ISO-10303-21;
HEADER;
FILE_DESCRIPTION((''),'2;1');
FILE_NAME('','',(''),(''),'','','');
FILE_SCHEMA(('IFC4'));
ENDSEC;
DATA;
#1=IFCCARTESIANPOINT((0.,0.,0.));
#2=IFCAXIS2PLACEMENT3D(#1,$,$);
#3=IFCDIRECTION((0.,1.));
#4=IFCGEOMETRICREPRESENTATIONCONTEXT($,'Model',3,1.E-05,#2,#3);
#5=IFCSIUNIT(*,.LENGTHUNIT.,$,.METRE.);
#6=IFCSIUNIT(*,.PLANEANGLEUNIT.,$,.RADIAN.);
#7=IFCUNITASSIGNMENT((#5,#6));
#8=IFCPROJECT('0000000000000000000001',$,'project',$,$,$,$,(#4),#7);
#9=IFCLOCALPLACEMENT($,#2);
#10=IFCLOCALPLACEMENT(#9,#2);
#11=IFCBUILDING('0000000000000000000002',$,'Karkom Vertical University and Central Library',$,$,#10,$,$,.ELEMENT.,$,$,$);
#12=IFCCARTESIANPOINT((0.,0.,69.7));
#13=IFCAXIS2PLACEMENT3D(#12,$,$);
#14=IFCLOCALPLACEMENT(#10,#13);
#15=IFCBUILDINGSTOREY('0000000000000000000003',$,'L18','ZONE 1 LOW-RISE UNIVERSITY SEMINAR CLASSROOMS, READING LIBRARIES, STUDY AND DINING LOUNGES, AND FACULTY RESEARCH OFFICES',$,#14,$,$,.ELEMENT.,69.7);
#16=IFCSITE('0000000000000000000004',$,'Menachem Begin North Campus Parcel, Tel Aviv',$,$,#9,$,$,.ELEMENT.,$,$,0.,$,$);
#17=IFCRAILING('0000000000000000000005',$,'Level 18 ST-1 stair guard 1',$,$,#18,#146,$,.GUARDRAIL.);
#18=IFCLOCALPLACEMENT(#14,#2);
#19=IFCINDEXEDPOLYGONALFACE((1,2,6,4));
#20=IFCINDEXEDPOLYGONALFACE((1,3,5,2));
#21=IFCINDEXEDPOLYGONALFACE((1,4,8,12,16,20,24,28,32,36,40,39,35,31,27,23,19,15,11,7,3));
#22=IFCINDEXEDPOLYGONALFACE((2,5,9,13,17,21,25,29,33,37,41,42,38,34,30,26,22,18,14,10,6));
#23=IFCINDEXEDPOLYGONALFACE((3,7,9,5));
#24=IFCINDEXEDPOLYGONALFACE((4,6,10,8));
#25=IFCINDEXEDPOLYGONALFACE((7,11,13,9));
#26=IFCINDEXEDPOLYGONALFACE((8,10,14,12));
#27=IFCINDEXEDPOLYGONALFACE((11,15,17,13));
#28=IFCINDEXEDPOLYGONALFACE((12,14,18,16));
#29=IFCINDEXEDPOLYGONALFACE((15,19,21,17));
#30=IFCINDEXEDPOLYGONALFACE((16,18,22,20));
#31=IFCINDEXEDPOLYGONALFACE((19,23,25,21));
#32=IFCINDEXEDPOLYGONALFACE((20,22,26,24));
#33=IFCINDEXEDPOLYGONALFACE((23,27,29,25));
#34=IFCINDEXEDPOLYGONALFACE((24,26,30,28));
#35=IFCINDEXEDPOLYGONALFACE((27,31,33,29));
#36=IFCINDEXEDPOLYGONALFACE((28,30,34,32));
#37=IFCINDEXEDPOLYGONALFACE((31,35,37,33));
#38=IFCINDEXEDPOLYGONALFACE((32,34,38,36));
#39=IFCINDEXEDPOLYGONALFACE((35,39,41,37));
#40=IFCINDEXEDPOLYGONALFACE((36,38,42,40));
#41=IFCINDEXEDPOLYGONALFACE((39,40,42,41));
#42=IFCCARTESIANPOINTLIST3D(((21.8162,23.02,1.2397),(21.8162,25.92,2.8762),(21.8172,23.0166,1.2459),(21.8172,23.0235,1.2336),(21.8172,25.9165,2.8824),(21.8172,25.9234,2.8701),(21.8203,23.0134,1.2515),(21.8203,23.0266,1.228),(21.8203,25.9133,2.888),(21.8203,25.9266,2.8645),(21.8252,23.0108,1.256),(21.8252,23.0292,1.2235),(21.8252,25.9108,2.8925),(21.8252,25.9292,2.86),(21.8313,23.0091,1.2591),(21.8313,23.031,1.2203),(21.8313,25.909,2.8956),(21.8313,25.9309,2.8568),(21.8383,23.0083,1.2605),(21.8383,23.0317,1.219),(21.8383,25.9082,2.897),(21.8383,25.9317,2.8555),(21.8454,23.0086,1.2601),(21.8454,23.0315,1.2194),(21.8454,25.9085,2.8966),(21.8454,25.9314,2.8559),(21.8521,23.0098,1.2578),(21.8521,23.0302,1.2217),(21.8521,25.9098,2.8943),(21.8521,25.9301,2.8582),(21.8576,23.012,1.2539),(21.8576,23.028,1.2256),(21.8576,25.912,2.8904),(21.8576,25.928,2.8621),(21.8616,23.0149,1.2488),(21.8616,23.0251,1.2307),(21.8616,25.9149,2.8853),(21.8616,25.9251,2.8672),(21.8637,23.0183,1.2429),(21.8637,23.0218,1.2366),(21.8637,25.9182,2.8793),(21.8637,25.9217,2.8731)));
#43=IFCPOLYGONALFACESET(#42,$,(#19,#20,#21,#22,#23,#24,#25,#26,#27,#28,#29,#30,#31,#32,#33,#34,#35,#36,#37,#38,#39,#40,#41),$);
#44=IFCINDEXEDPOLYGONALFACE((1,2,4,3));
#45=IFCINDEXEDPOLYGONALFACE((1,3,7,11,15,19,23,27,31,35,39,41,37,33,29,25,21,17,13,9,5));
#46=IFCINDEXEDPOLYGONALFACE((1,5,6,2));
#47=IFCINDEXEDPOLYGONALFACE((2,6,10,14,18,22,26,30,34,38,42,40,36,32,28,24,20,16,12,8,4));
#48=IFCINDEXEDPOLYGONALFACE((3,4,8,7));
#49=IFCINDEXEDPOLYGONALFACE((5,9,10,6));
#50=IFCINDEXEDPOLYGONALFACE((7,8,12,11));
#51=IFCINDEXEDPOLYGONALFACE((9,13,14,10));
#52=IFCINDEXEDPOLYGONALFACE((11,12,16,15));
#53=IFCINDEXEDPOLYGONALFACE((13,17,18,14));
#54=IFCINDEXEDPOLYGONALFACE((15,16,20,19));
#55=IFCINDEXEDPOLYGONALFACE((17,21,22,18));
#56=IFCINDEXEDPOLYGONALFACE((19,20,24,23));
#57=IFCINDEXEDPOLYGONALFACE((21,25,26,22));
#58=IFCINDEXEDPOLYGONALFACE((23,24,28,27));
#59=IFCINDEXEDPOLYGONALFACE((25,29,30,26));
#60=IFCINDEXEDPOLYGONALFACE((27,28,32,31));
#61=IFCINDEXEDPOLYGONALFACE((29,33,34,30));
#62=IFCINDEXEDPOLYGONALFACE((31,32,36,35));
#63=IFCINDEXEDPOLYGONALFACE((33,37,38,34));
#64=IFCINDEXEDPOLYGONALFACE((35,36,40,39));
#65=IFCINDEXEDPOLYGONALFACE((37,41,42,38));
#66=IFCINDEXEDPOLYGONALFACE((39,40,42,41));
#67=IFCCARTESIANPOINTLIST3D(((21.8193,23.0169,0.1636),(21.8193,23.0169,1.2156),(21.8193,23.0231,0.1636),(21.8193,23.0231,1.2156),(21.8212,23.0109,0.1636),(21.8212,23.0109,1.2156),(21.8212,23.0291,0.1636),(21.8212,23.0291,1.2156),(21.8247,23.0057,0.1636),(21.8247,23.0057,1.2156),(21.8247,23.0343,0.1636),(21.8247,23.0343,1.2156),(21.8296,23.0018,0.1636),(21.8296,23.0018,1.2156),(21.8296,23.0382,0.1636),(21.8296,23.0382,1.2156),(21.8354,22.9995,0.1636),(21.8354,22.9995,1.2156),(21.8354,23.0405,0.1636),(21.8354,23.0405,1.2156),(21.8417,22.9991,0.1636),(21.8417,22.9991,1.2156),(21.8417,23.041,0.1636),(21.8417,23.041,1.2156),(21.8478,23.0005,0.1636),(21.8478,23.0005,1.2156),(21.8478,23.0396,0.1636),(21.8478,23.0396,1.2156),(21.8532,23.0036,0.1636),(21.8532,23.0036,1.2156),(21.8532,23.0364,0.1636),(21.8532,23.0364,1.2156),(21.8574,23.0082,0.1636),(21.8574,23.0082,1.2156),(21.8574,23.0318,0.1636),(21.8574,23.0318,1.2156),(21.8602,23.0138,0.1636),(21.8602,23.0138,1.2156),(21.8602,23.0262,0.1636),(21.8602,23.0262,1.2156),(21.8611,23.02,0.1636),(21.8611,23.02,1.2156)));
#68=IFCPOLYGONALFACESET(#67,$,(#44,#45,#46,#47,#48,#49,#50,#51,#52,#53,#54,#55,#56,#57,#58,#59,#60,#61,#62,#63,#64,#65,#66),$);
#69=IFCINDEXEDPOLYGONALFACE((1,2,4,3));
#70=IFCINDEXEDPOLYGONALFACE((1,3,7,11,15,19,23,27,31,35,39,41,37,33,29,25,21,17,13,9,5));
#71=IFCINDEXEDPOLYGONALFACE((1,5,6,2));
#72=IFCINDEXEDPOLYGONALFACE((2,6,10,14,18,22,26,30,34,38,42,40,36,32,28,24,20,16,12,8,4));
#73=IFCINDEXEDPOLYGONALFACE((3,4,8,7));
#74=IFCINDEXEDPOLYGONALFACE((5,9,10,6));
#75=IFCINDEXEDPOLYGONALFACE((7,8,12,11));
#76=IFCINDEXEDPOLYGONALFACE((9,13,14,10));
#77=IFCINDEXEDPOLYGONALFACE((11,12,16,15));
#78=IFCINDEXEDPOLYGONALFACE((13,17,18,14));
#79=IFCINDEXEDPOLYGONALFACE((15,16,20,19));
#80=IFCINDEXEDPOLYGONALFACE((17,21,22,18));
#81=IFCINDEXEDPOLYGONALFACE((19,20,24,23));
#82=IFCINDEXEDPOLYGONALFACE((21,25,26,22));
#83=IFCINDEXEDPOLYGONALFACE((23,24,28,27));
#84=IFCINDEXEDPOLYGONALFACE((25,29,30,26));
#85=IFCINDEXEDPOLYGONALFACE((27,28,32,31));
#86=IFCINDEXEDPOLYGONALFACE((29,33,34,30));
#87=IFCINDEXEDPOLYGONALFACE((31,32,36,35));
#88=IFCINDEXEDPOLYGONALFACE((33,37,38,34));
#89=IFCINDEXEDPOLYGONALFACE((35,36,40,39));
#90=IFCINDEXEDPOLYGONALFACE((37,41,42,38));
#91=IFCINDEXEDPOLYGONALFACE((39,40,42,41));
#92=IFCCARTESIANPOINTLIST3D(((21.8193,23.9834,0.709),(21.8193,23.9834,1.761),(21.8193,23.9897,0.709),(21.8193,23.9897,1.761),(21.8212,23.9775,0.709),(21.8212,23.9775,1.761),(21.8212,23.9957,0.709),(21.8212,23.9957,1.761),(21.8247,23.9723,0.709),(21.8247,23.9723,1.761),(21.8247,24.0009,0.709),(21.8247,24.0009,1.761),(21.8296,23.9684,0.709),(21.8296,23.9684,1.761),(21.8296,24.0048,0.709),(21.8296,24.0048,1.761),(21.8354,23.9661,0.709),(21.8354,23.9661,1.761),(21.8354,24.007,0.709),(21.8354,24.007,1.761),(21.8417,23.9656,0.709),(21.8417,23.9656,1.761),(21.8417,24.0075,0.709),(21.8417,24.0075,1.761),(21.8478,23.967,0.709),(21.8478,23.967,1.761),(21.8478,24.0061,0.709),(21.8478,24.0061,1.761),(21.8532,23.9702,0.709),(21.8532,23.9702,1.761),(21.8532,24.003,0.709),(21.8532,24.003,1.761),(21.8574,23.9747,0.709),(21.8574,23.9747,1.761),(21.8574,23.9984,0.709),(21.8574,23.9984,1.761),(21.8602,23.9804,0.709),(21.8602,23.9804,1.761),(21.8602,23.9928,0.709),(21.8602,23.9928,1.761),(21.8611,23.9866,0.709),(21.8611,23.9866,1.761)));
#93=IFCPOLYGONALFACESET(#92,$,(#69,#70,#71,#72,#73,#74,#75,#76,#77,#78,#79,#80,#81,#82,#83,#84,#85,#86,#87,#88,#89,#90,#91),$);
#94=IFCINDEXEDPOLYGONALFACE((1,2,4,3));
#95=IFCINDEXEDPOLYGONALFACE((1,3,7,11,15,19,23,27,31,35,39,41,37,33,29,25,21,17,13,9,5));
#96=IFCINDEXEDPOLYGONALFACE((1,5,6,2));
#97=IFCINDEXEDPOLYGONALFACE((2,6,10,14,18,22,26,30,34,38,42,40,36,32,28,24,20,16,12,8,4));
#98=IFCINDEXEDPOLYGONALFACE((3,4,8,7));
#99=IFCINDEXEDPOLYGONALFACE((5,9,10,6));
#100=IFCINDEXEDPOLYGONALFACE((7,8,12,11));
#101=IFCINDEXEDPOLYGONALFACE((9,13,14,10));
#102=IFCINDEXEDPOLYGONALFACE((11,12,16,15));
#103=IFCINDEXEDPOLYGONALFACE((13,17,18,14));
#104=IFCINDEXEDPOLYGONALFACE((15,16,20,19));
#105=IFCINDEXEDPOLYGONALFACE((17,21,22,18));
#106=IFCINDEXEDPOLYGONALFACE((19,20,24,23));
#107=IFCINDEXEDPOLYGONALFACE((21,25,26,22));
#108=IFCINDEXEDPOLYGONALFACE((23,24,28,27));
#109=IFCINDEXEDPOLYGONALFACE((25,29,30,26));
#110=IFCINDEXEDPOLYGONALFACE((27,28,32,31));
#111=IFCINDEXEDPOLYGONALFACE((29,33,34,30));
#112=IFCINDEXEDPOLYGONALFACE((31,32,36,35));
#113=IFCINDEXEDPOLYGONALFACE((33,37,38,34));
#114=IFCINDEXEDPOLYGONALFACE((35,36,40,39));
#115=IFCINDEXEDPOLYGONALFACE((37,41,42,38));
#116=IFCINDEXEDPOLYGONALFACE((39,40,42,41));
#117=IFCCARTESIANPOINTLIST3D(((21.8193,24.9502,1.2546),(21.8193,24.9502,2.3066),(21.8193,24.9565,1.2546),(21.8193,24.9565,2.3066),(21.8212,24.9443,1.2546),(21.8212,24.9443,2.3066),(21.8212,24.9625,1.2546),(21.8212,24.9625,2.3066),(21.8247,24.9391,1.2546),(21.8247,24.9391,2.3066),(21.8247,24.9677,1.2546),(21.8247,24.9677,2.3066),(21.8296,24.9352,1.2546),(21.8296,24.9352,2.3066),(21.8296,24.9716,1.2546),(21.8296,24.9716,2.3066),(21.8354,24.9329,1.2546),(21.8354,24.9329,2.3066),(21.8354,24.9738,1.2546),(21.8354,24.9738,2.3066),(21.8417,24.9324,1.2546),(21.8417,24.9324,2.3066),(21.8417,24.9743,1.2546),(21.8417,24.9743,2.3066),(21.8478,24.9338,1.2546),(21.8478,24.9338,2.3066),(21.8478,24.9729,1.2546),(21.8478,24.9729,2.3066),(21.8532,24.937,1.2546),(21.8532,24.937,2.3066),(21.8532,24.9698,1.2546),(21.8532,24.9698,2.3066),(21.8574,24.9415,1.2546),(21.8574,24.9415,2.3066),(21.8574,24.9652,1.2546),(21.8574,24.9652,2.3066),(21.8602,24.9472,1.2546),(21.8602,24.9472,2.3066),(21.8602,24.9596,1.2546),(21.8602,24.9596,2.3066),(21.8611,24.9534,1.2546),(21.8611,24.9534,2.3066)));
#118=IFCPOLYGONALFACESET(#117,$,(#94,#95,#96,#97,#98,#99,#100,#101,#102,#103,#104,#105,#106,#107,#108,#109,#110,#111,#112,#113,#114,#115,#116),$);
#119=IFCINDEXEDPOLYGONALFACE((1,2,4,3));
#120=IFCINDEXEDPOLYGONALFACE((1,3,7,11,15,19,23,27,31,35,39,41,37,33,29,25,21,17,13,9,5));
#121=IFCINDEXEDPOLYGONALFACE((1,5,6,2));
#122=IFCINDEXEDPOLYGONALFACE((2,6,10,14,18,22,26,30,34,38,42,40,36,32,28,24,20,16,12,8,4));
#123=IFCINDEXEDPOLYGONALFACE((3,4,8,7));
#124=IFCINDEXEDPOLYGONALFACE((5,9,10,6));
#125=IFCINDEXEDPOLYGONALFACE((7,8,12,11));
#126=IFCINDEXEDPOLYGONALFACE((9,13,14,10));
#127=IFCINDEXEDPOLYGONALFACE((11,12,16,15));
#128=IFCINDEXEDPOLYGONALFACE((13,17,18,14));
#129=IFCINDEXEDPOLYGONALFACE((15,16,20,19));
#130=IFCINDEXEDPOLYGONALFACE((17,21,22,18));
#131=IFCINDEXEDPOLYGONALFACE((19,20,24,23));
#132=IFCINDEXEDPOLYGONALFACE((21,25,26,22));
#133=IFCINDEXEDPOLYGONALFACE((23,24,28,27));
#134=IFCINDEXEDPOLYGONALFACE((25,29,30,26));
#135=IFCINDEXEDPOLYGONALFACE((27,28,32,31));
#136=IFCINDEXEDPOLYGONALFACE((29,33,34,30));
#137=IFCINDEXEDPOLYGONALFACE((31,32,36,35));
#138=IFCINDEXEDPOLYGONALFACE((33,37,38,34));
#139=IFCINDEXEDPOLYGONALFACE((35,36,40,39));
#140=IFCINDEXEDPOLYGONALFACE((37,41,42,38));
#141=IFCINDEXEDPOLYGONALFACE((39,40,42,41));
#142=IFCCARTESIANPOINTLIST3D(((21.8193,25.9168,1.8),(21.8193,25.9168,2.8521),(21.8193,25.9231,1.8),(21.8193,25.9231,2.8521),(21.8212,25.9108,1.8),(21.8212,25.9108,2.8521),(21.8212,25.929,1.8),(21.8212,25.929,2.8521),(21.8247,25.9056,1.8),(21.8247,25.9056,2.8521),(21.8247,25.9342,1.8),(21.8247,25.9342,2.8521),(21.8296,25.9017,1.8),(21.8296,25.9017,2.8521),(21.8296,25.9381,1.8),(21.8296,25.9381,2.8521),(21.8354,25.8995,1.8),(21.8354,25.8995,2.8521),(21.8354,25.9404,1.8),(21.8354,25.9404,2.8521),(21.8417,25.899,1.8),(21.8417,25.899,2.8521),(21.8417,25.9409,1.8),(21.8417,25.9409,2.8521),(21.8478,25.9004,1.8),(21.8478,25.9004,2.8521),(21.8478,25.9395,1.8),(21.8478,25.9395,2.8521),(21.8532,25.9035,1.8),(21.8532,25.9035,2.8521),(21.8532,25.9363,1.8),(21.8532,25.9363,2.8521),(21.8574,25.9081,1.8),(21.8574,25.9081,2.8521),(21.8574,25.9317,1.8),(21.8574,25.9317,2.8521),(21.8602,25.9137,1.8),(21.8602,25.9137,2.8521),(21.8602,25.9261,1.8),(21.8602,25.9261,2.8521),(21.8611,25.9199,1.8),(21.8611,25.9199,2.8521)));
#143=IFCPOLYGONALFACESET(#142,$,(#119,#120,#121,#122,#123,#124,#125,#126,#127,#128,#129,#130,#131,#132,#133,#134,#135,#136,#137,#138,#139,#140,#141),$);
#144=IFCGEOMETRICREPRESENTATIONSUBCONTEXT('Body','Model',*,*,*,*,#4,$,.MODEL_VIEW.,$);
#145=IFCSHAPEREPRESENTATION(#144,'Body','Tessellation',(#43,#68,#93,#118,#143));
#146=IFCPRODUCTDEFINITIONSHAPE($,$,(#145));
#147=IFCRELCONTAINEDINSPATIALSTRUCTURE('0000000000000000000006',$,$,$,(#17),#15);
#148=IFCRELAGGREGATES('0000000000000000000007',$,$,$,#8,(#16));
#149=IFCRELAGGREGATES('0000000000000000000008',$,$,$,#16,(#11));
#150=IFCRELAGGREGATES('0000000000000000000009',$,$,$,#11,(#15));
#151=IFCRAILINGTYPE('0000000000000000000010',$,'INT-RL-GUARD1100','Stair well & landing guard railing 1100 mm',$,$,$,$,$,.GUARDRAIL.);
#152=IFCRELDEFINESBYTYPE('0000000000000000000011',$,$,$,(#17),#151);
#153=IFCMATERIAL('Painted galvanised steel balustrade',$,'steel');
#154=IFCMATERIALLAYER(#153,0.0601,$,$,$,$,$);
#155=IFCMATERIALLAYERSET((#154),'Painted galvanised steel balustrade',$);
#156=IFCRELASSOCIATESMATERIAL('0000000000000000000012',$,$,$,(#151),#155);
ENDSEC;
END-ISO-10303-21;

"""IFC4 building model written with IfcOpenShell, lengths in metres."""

from ifc_helpers import new_model, si_unit, direction, frame, origin, origin_2d, place, context, subcontext, project, spatial, circle, extrude, material, layer, layer_set, type_object, element, save


model = new_model("IFC4")

# Units and contexts
model_context = context("Model", 3, precision=1e-05, world=origin(), true_north=direction((0.0, 1.0)))
body_context = subcontext(model_context, "Body", "Model", "MODEL_VIEW")
ifc_project = project(units=[si_unit("LENGTHUNIT", "METRE"), si_unit("PLANEANGLEUNIT", "RADIAN")], contexts=[model_context])

# Site, building, storey
site_placement = place(None, origin())
site = spatial("IfcSite", under=ifc_project, at=site_placement, Name="Menachem Begin North Campus Parcel, Tel Aviv", CompositionType="ELEMENT", RefElevation=0.0)
building_placement = place(site_placement, origin())
building = spatial("IfcBuilding", under=site, at=building_placement, Name="Karkom Vertical University and Central Library", CompositionType="ELEMENT")
storey_placement = place(building_placement, frame((0.0, 0.0, 69.7)))
storey = spatial("IfcBuildingStorey", under=building, at=storey_placement, Name="L18", Description="ZONE 1 LOW-RISE UNIVERSITY SEMINAR CLASSROOMS, READING LIBRARIES, STUDY AND DINING LOUNGES, AND FACULTY RESEARCH OFFICES", CompositionType="ELEMENT", Elevation=69.7)

# Railing
ifc_material_1 = material(Name="Painted galvanised steel balustrade", Category="steel")
ifc_layer_1 = layer(ifc_material_1, 0.0601)
ifc_layer_set_1 = layer_set([ifc_layer_1], Name="Painted galvanised steel balustrade")
railing_type_1 = type_object("IfcRailingType", Name="INT-RL-GUARD1100", Description="Stair well & landing guard railing 1100 mm", PredefinedType="GUARDRAIL", material=ifc_layer_set_1)
railing_1_placement = place(storey_placement, frame((21.8401, 23.02, 0.1636)))
element("IfcRailing", 1, at=railing_1_placement, inside=storey, type_object=railing_type_1, Name="Level 18 ST-1 stair guard 1", PredefinedType="GUARDRAIL", context=body_context, shape_type="SweptSolid", body=[
    extrude(circle(Radius=0.0239, at=origin_2d()), frame((0.0, 0.0, 1.0762), z_axis=(0.0, 0.870897, 0.491465), x_axis=(-1.0, 0.0, 0.0)), (0.0, 0.0, 1.0), 3.3298),
    extrude(circle(Radius=0.021, at=origin_2d()), origin(), (0.0, 0.0, 1.0), 1.052),
    extrude(circle(Radius=0.021, at=origin_2d()), frame((0.0, 0.9666, 0.5454)), (0.0, 0.0, 1.0), 1.052),
    extrude(circle(Radius=0.021, at=origin_2d()), frame((0.0, 1.9333, 1.0911)), (0.0, 0.0, 1.0), 1.052),
    extrude(circle(Radius=0.021, at=origin_2d()), frame((0.0, 2.8999, 1.6365)), (0.0, 0.0, 1.0), 1.052),
])

save(model, "model.ifc")
